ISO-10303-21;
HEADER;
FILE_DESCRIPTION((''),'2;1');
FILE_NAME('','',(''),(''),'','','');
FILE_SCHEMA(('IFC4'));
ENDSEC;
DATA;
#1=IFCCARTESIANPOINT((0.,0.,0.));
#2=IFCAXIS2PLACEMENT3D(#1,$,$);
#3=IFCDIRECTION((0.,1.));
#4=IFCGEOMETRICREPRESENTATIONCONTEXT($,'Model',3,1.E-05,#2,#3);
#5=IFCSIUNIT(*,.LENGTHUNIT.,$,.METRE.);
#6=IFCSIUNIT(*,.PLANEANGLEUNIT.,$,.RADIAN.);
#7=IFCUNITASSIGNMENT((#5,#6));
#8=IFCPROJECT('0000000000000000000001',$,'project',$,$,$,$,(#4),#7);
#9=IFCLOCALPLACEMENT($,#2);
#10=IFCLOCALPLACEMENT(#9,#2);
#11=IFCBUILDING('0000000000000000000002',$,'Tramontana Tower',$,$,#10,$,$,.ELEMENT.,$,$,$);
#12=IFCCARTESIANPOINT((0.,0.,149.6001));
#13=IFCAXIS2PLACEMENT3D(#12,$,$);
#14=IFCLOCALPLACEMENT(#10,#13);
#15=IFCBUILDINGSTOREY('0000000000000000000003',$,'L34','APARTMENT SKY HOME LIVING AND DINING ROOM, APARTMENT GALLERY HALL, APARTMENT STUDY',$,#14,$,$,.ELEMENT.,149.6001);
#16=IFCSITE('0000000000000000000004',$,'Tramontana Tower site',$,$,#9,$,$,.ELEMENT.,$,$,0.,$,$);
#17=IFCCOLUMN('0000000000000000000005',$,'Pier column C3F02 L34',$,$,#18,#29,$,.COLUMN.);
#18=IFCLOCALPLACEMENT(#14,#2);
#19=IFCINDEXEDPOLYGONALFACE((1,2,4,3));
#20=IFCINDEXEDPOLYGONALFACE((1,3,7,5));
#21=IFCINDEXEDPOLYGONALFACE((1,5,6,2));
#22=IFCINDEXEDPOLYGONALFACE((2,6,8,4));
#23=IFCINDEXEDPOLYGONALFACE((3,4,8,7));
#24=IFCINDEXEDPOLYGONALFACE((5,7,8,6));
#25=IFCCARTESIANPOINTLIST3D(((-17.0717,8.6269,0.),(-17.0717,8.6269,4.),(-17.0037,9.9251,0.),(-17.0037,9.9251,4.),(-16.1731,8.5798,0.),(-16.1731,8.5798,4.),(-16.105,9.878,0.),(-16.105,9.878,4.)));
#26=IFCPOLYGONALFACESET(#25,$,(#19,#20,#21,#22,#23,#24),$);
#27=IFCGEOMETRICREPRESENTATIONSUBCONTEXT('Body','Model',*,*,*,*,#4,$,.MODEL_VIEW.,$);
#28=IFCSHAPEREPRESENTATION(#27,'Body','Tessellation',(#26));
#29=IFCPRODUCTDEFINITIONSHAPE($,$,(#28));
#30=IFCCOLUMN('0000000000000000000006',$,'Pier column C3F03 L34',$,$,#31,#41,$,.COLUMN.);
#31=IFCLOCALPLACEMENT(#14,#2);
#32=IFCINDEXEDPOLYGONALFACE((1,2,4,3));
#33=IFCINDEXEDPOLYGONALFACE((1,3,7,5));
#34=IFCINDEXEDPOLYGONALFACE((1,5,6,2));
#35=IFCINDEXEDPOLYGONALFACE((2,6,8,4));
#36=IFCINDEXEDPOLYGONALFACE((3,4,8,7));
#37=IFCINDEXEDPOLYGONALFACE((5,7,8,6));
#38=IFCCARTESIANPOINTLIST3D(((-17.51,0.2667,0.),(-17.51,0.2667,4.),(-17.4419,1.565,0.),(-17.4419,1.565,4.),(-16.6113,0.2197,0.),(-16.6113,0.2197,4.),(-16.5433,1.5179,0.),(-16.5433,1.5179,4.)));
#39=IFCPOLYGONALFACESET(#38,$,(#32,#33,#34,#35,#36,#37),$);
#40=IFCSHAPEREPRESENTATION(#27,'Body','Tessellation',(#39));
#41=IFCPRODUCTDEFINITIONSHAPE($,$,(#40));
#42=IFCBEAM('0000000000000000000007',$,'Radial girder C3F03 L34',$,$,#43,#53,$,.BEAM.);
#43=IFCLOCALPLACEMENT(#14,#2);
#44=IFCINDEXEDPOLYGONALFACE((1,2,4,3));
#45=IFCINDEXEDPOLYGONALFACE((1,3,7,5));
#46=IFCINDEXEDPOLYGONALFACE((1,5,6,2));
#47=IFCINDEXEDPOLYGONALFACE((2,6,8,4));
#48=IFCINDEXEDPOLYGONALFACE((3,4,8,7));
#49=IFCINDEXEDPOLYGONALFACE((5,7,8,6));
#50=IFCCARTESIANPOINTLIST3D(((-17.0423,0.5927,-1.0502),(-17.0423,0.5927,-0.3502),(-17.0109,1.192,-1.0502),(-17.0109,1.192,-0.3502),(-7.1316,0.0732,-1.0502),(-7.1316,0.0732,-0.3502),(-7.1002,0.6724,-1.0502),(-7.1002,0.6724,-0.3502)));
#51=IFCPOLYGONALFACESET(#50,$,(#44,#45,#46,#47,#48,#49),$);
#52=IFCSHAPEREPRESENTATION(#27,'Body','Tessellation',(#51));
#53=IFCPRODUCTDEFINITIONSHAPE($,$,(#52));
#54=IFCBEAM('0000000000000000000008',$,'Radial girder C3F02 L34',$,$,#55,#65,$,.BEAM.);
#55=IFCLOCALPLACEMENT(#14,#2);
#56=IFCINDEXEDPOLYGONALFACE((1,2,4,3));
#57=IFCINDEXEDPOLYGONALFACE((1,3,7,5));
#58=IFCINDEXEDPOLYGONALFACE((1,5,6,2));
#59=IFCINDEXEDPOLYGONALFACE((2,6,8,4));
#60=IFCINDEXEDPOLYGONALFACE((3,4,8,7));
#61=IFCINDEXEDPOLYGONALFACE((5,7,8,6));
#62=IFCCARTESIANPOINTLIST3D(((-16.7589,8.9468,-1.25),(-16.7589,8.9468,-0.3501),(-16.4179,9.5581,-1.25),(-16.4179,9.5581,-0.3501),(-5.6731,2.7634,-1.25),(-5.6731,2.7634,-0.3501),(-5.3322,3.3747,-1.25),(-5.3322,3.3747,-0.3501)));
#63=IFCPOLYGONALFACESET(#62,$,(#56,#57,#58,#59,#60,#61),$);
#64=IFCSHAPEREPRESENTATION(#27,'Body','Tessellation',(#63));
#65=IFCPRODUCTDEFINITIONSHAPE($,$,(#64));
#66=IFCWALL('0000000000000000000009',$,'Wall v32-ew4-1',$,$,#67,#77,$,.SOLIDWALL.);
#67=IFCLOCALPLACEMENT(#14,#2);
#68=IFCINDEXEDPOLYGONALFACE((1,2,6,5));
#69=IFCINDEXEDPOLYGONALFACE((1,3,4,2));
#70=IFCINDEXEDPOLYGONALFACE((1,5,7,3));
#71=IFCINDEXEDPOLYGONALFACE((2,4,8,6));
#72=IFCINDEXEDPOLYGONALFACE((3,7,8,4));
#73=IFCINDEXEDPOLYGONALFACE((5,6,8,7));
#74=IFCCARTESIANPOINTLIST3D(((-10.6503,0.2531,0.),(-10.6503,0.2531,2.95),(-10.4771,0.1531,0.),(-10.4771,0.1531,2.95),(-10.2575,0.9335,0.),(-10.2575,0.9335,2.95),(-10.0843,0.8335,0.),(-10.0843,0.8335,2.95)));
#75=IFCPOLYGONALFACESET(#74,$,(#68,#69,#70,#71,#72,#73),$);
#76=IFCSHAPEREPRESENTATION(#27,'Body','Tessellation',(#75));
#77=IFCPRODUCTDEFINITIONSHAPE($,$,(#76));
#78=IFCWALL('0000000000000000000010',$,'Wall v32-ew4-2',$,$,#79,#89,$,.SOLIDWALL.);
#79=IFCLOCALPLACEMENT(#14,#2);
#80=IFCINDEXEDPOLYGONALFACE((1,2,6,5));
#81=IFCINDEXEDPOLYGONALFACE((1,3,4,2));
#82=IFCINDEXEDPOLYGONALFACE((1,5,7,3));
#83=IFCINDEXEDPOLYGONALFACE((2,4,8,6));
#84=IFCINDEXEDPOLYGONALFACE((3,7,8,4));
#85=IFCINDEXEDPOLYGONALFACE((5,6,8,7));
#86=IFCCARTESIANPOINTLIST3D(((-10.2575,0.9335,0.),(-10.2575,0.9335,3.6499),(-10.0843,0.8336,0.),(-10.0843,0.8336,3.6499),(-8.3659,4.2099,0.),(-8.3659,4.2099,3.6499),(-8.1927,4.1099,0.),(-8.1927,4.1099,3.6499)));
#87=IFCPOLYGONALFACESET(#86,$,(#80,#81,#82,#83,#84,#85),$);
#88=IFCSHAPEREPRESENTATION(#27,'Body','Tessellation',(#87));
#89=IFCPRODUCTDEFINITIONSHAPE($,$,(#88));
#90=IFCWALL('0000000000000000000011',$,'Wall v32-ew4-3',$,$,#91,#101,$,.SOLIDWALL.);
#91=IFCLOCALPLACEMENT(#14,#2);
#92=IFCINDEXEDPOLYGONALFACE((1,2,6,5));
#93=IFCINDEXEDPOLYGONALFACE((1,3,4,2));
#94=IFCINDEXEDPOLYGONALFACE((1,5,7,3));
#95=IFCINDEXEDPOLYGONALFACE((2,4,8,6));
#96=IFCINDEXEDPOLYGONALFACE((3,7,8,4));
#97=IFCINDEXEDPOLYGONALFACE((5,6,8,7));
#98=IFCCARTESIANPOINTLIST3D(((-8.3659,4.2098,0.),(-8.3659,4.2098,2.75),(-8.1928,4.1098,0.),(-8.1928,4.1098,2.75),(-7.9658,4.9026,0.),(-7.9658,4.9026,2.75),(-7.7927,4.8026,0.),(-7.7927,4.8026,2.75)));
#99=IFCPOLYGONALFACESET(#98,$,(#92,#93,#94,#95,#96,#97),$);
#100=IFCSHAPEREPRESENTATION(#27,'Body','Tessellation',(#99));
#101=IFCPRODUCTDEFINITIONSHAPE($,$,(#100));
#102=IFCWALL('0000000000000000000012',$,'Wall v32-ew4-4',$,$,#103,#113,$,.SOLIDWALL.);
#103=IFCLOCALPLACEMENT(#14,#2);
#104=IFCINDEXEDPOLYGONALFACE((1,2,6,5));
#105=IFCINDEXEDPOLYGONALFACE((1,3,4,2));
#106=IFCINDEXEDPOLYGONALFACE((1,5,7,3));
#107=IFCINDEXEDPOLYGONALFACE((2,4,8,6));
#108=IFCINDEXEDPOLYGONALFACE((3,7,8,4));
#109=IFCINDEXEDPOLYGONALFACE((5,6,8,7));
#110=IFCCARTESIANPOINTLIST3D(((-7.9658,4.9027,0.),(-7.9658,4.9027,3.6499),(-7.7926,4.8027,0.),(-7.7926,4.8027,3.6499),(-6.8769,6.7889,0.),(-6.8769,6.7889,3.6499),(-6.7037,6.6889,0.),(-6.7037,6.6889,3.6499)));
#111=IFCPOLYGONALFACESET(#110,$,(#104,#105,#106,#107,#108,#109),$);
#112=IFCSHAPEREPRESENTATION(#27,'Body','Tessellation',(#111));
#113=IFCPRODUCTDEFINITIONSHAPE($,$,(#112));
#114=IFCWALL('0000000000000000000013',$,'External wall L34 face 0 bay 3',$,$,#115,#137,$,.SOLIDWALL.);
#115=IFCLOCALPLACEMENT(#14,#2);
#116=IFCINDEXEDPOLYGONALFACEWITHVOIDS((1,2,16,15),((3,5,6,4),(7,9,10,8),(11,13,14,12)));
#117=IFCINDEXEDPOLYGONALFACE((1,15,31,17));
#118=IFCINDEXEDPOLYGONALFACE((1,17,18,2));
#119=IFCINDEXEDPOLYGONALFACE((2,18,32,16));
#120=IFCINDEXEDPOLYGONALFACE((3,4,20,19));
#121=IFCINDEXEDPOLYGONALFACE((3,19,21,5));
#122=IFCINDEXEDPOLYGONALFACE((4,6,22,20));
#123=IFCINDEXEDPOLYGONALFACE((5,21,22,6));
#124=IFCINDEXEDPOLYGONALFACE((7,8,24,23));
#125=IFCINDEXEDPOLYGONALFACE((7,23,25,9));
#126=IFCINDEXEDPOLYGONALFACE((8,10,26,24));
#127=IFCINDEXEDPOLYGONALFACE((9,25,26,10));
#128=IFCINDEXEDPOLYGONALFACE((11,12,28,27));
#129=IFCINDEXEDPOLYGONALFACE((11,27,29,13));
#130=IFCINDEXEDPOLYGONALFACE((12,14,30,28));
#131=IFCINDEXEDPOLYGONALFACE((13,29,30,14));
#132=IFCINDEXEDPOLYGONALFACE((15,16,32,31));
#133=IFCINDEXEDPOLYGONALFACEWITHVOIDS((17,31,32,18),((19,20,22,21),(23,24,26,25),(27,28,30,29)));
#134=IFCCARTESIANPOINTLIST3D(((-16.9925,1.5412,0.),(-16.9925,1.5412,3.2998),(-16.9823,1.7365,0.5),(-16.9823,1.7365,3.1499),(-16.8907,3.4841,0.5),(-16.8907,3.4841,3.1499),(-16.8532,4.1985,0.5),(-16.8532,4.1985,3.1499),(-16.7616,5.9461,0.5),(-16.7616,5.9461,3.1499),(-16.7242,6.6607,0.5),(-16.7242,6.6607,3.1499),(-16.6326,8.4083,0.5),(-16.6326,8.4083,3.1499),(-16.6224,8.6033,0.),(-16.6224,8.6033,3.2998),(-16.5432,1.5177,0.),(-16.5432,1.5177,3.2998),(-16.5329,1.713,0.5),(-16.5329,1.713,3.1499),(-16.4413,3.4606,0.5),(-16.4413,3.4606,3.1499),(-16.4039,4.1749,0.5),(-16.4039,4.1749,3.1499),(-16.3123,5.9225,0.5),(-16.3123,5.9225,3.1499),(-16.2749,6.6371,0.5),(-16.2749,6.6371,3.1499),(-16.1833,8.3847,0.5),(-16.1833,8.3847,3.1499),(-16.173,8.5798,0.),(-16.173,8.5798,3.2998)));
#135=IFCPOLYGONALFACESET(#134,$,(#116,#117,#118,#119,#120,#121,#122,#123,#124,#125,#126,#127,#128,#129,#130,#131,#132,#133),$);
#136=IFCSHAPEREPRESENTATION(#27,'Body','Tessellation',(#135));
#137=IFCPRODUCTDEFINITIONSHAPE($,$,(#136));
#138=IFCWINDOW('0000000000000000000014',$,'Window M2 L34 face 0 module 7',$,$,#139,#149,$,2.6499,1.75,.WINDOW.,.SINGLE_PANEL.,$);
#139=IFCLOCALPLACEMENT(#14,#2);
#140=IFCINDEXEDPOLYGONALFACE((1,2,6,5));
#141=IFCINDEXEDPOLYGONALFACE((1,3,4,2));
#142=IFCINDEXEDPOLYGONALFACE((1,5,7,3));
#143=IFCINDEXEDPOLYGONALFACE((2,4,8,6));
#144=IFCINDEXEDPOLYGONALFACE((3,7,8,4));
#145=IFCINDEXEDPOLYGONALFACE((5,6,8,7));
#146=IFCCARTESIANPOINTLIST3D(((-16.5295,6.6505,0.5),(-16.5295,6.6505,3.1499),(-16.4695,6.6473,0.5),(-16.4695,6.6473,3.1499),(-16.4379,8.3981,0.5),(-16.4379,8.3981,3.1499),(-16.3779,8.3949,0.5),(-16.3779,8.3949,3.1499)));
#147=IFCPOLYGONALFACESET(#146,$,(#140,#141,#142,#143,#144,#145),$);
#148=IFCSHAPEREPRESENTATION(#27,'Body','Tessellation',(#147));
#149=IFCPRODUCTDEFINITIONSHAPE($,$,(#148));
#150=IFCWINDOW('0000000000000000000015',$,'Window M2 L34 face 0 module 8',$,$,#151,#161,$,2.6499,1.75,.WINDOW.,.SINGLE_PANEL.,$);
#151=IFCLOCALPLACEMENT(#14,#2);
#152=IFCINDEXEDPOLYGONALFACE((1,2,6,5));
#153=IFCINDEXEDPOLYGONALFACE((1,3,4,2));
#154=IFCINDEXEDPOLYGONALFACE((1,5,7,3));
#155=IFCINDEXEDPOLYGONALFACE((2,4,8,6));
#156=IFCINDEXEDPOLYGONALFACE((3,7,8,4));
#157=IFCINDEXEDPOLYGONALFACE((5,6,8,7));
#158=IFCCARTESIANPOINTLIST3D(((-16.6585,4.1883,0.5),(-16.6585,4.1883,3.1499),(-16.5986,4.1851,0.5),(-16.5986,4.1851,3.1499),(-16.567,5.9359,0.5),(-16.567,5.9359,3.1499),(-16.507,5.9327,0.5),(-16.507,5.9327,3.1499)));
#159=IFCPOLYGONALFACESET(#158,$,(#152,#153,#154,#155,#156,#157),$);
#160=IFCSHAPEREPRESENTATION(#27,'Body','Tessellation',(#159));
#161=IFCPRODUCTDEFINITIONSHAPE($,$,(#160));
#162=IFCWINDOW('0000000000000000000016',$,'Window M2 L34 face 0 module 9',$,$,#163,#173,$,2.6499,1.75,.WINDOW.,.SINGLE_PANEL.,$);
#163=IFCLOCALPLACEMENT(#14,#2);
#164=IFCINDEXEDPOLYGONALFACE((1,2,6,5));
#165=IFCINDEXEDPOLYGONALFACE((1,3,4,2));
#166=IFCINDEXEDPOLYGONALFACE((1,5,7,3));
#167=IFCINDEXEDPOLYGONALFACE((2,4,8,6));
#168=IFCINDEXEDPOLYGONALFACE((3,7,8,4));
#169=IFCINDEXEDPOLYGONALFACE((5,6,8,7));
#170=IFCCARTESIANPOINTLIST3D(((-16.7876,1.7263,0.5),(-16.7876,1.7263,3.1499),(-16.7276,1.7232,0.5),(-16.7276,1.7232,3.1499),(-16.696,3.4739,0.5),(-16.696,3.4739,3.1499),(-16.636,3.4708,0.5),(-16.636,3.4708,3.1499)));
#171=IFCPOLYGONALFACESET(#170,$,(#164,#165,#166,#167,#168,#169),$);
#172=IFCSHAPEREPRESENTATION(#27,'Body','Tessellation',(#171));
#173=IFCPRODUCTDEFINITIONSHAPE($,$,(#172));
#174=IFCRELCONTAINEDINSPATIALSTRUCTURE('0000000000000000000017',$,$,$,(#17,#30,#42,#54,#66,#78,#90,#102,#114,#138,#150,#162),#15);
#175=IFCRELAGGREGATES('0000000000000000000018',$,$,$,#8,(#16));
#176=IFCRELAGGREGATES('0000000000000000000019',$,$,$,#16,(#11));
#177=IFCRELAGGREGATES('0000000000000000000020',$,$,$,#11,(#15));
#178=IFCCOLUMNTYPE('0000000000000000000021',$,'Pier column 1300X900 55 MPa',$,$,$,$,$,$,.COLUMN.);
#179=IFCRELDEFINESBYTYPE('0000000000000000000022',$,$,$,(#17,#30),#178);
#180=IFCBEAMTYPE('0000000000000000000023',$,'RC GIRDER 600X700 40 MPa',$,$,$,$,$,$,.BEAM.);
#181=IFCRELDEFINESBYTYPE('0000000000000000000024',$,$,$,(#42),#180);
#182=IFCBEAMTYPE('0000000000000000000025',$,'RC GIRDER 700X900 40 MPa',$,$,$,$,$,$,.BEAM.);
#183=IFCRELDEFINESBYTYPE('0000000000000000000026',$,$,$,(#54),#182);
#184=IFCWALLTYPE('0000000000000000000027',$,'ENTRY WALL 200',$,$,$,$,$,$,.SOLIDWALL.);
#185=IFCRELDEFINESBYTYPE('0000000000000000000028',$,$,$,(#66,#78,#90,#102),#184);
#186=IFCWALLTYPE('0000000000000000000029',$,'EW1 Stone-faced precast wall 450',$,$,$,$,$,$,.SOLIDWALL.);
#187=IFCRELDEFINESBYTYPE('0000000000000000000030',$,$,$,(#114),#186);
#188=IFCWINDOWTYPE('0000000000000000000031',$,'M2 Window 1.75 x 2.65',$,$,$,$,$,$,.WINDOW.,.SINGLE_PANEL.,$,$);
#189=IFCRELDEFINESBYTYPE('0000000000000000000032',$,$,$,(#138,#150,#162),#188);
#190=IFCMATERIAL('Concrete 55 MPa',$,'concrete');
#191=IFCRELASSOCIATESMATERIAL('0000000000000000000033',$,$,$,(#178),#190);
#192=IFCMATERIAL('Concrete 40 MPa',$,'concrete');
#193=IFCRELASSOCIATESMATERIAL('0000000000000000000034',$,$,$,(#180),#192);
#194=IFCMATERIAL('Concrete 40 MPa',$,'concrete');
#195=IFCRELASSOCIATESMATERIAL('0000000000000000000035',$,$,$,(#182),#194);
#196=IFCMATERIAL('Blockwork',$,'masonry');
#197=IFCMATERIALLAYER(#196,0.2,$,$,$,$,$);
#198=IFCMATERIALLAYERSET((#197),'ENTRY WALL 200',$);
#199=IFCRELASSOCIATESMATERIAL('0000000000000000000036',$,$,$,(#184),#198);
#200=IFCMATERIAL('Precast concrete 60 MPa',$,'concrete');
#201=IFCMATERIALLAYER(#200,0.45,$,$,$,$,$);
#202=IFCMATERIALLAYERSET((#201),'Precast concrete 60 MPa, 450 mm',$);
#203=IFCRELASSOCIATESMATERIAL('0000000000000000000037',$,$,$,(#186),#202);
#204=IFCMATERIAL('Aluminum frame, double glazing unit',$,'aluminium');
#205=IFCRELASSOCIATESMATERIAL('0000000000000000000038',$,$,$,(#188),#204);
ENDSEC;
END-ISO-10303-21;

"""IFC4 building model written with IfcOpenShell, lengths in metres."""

from ifc_helpers import new_model, si_unit, direction, frame, frame_2d, origin, origin_2d, place, context, subcontext, project, spatial, rectangle, extrude, material, layer, layer_set, material_profile, profile_set, type_object, element, fill, save


model = new_model("IFC4")

# Units and contexts
model_context = context("Model", 3, precision=1e-05, world=origin(), true_north=direction((0.0, 1.0)))
body_context = subcontext(model_context, "Body", "Model", "MODEL_VIEW")
ifc_project = project(units=[si_unit("LENGTHUNIT", "METRE"), si_unit("PLANEANGLEUNIT", "RADIAN")], contexts=[model_context])

# Site, building, storey
site_placement = place(None, origin())
site = spatial("IfcSite", under=ifc_project, at=site_placement, Name="Tramontana Tower site", CompositionType="ELEMENT", RefElevation=0.0)
building_placement = place(site_placement, origin())
building = spatial("IfcBuilding", under=site, at=building_placement, Name="Tramontana Tower", CompositionType="ELEMENT")
storey_placement = place(building_placement, frame((0.0, 0.0, 149.6001)))
storey = spatial("IfcBuildingStorey", under=building, at=storey_placement, Name="L34", Description="APARTMENT SKY HOME LIVING AND DINING ROOM, APARTMENT GALLERY HALL, APARTMENT STUDY", CompositionType="ELEMENT", Elevation=149.6001)

# Columns
ifc_material_1 = material(Name="Concrete 55 MPa", Category="concrete")
ifc_material_profile_1 = material_profile(ifc_material_1, rectangle(XDim=1.3, YDim=0.8999, at=origin_2d()), Name="Pier column 1300X900 55 MPa")
ifc_profile_set_1 = profile_set([ifc_material_profile_1], Name="Concrete 55 MPa")
column_type = type_object("IfcColumnType", Name="Pier column 1300X900 55 MPa", PredefinedType="COLUMN", material=ifc_profile_set_1)
for number, where, z_axis, x_axis, name in (
    (1, (-16.5884, 9.2524, 0.0), (0.0, 0.0, 1.0), (-0.052336, -0.99863, 0.0), "Pier column C3F02 L34"),
    (2, (-17.0266, 0.8923, 0.0), (0.0, 0.0, 1.0), (-0.052336, -0.99863, 0.0), "Pier column C3F03 L34"),
):
    element("IfcColumn", number, at=place(storey_placement, frame(where, z_axis=z_axis, x_axis=x_axis)), inside=storey, type_object=column_type, Name=name, PredefinedType="COLUMN", context=body_context, shape_type="SweptSolid", body=[
        extrude(rectangle(XDim=1.3, YDim=0.8999, at=origin_2d()), origin(), (0.0, 0.0, 1.0), 4.0),
    ])

# Beams
ifc_material_2 = material(Name="Concrete 40 MPa", Category="concrete")
ifc_material_profile_2 = material_profile(ifc_material_2, rectangle(XDim=0.6001, YDim=0.7, at=origin_2d()), Name="RC GIRDER 600X700 40 MPa")
ifc_profile_set_2 = profile_set([ifc_material_profile_2], Name="Concrete 40 MPa")
beam_type_1 = type_object("IfcBeamType", Name="RC GIRDER 600X700 40 MPa", PredefinedType="BEAM", material=ifc_profile_set_2)
beam_1_placement = place(storey_placement, frame((-17.0266, 0.8923, -0.7002), z_axis=(0.998629, -0.05235, 0.0), x_axis=(0.05235, 0.998629, 0.0)))
element("IfcBeam", 3, at=beam_1_placement, inside=storey, type_object=beam_type_1, Name="Radial girder C3F03 L34", PredefinedType="BEAM", context=body_context, shape_type="SweptSolid", body=[
    extrude(rectangle(XDim=0.6001, YDim=0.7, at=origin_2d()), origin(), (0.0, 0.0, 1.0), 9.9243),
])
ifc_material_3 = material(Name="Concrete 40 MPa", Category="concrete")
ifc_material_profile_3 = material_profile(ifc_material_3, rectangle(XDim=0.7, YDim=0.8999, at=origin_2d()), Name="RC GIRDER 700X900 40 MPa")
ifc_profile_set_3 = profile_set([ifc_material_profile_3], Name="Concrete 40 MPa")
beam_type_2 = type_object("IfcBeamType", Name="RC GIRDER 700X900 40 MPa", PredefinedType="BEAM", material=ifc_profile_set_3)
beam_2_placement = place(storey_placement, frame((-16.5884, 9.2524, -0.8), z_axis=(0.873332, -0.487125, 0.0), x_axis=(0.487125, 0.873332, 0.0)))
element("IfcBeam", 4, at=beam_2_placement, inside=storey, type_object=beam_type_2, Name="Radial girder C3F02 L34", PredefinedType="BEAM", context=body_context, shape_type="SweptSolid", body=[
    extrude(rectangle(XDim=0.7, YDim=0.8999, at=origin_2d()), origin(), (0.0, 0.0, 1.0), 12.6936),
])

# Walls
ifc_material_4 = material(Name="Blockwork", Category="masonry")
ifc_layer_1 = layer(ifc_material_4, 0.2)
ifc_layer_set_1 = layer_set([ifc_layer_1], Name="ENTRY WALL 200")
wall_type_1 = type_object("IfcWallType", Name="ENTRY WALL 200", PredefinedType="SOLIDWALL", material=ifc_layer_set_1)
wall_1_placement = place(storey_placement, frame((-10.5637, 0.2031, 0.0), z_axis=(0.0, 0.0, 1.0), x_axis=(0.499982, 0.866036, 0.0)))
element("IfcWall", 5, at=wall_1_placement, inside=storey, type_object=wall_type_1, Name="Wall v32-ew4-1", PredefinedType="SOLIDWALL", context=body_context, shape_type="SweptSolid", body=[
    extrude(rectangle(XDim=0.7856, YDim=0.2, at=frame_2d((0.3928, 0.0))), origin(), (0.0, 0.0, 1.0), 2.95),
])
wall_2_placement = place(storey_placement, frame((-10.1709, 0.8835, 0.0), z_axis=(0.0, 0.0, 1.0), x_axis=(0.499998, 0.866027, 0.0)))
element("IfcWall", 6, at=wall_2_placement, inside=storey, type_object=wall_type_1, Name="Wall v32-ew4-2", PredefinedType="SOLIDWALL", context=body_context, shape_type="SweptSolid", body=[
    extrude(rectangle(XDim=3.7832, YDim=0.2, at=frame_2d((1.8916, 0.0))), origin(), (0.0, 0.0, 1.0), 3.6499),
])
wall_3_placement = place(storey_placement, frame((-8.2793, 4.1599, 0.0), z_axis=(0.0, 0.0, 1.0), x_axis=(0.50011, 0.865962, 0.0)))
element("IfcWall", 7, at=wall_3_placement, inside=storey, type_object=wall_type_1, Name="Wall v32-ew4-3", PredefinedType="SOLIDWALL", context=body_context, shape_type="SweptSolid", body=[
    extrude(rectangle(XDim=0.8, YDim=0.2, at=frame_2d((0.3999, 0.0))), origin(), (0.0, 0.0, 1.0), 2.75),
])
wall_4_placement = place(storey_placement, frame((-7.8792, 4.8528, 0.0), z_axis=(0.0, 0.0, 1.0), x_axis=(0.499949, 0.866055, 0.0)))
element("IfcWall", 8, at=wall_4_placement, inside=storey, type_object=wall_type_1, Name="Wall v32-ew4-4", PredefinedType="SOLIDWALL", context=body_context, shape_type="SweptSolid", body=[
    extrude(rectangle(XDim=2.178, YDim=0.2, at=frame_2d((1.0889, 0.0))), origin(), (0.0, 0.0, 1.0), 3.6499),
])

# Wall, openings, windows
ifc_material_5 = material(Name="Precast concrete 60 MPa", Category="concrete")
ifc_layer_2 = layer(ifc_material_5, 0.45)
ifc_layer_set_2 = layer_set([ifc_layer_2], Name="Precast concrete 60 MPa, 450 mm")
wall_type_2 = type_object("IfcWallType", Name="EW1 Stone-faced precast wall 450", PredefinedType="SOLIDWALL", material=ifc_layer_set_2)
wall_5_placement = place(storey_placement, frame((-16.3977, 8.5916, 0.0), z_axis=(0.0, 0.0, 1.0), x_axis=(-0.052338, -0.998629, 0.0)))
wall_5 = element("IfcWall", 9, at=wall_5_placement, inside=storey, type_object=wall_type_2, Name="External wall L34 face 0 bay 3", PredefinedType="SOLIDWALL", context=body_context, shape_type="SweptSolid", body=[
    extrude(rectangle(XDim=7.0718, YDim=0.45, at=frame_2d((3.5359, 0.0))), origin(), (0.0, 0.0, 1.0), 3.2998),
])
opening_1_placement = place(wall_5_placement, frame((0.1953, 0.0, 0.5)))
opening_1 = element("IfcOpeningElement", 10, at=opening_1_placement, cuts=wall_5, PredefinedType="OPENING", context=body_context, shape_type="SweptSolid", body=[
    extrude(rectangle(XDim=1.75, YDim=2.6499, at=frame_2d((0.875, 1.325))), frame((0.0, 0.2349, 0.0), z_axis=(0.0, -1.0, 0.0), x_axis=(1.0, 0.0, 0.0)), (0.0, 0.0, 1.0), 0.47),
])
opening_2_placement = place(wall_5_placement, frame((2.6609, 0.0, 0.5)))
opening_2 = element("IfcOpeningElement", 11, at=opening_2_placement, cuts=wall_5, PredefinedType="OPENING", context=body_context, shape_type="SweptSolid", body=[
    extrude(rectangle(XDim=1.75, YDim=2.6499, at=frame_2d((0.875, 1.325))), frame((0.0, 0.2349, 0.0), z_axis=(0.0, -1.0, 0.0), x_axis=(1.0, 0.0, 0.0)), (0.0, 0.0, 1.0), 0.47),
])
opening_3_placement = place(wall_5_placement, frame((5.1262, 0.0, 0.5)))
opening_3 = element("IfcOpeningElement", 12, at=opening_3_placement, cuts=wall_5, PredefinedType="OPENING", context=body_context, shape_type="SweptSolid", body=[
    extrude(rectangle(XDim=1.75, YDim=2.6499, at=frame_2d((0.875, 1.325))), frame((0.0, 0.2349, 0.0), z_axis=(0.0, -1.0, 0.0), x_axis=(1.0, 0.0, 0.0)), (0.0, 0.0, 1.0), 0.47),
])
ifc_material_6 = material(Name="Aluminum frame, double glazing unit", Category="aluminium")
window_type = type_object("IfcWindowType", Name="M2 Window 1.75 x 2.65", PartitioningType="SINGLE_PANEL", PredefinedType="WINDOW", material=ifc_material_6)
window_1_placement = place(opening_1_placement, origin())
window_1 = element("IfcWindow", 13, at=window_1_placement, inside=storey, type_object=window_type, Name="Window M2 L34 face 0 module 7", OverallHeight=2.6499, OverallWidth=1.75, PartitioningType="SINGLE_PANEL", PredefinedType="WINDOW", context=body_context, shape_type="SweptSolid", body=[
    extrude(rectangle(XDim=1.75, YDim=2.6499, at=frame_2d((0.875, 1.325))), frame((0.0, 0.03, 0.0), z_axis=(0.0, -1.0, 0.0), x_axis=(1.0, 0.0, 0.0)), (0.0, 0.0, 1.0), 0.0601),
])
fill(opening_1, window_1)
window_2_placement = place(opening_2_placement, origin())
window_2 = element("IfcWindow", 14, at=window_2_placement, inside=storey, type_object=window_type, Name="Window M2 L34 face 0 module 8", OverallHeight=2.6499, OverallWidth=1.75, PartitioningType="SINGLE_PANEL", PredefinedType="WINDOW", context=body_context, shape_type="SweptSolid", body=[
    extrude(rectangle(XDim=1.75, YDim=2.6499, at=frame_2d((0.875, 1.325))), frame((0.0, 0.03, 0.0), z_axis=(0.0, -1.0, 0.0), x_axis=(1.0, 0.0, 0.0)), (0.0, 0.0, 1.0), 0.0601),
])
fill(opening_2, window_2)
window_3_placement = place(opening_3_placement, origin())
window_3 = element("IfcWindow", 15, at=window_3_placement, inside=storey, type_object=window_type, Name="Window M2 L34 face 0 module 9", OverallHeight=2.6499, OverallWidth=1.75, PartitioningType="SINGLE_PANEL", PredefinedType="WINDOW", context=body_context, shape_type="SweptSolid", body=[
    extrude(rectangle(XDim=1.75, YDim=2.6499, at=frame_2d((0.875, 1.325))), frame((0.0, 0.03, 0.0), z_axis=(0.0, -1.0, 0.0), x_axis=(1.0, 0.0, 0.0)), (0.0, 0.0, 1.0), 0.0601),
])
fill(opening_3, window_3)

save(model, "model.ifc")
